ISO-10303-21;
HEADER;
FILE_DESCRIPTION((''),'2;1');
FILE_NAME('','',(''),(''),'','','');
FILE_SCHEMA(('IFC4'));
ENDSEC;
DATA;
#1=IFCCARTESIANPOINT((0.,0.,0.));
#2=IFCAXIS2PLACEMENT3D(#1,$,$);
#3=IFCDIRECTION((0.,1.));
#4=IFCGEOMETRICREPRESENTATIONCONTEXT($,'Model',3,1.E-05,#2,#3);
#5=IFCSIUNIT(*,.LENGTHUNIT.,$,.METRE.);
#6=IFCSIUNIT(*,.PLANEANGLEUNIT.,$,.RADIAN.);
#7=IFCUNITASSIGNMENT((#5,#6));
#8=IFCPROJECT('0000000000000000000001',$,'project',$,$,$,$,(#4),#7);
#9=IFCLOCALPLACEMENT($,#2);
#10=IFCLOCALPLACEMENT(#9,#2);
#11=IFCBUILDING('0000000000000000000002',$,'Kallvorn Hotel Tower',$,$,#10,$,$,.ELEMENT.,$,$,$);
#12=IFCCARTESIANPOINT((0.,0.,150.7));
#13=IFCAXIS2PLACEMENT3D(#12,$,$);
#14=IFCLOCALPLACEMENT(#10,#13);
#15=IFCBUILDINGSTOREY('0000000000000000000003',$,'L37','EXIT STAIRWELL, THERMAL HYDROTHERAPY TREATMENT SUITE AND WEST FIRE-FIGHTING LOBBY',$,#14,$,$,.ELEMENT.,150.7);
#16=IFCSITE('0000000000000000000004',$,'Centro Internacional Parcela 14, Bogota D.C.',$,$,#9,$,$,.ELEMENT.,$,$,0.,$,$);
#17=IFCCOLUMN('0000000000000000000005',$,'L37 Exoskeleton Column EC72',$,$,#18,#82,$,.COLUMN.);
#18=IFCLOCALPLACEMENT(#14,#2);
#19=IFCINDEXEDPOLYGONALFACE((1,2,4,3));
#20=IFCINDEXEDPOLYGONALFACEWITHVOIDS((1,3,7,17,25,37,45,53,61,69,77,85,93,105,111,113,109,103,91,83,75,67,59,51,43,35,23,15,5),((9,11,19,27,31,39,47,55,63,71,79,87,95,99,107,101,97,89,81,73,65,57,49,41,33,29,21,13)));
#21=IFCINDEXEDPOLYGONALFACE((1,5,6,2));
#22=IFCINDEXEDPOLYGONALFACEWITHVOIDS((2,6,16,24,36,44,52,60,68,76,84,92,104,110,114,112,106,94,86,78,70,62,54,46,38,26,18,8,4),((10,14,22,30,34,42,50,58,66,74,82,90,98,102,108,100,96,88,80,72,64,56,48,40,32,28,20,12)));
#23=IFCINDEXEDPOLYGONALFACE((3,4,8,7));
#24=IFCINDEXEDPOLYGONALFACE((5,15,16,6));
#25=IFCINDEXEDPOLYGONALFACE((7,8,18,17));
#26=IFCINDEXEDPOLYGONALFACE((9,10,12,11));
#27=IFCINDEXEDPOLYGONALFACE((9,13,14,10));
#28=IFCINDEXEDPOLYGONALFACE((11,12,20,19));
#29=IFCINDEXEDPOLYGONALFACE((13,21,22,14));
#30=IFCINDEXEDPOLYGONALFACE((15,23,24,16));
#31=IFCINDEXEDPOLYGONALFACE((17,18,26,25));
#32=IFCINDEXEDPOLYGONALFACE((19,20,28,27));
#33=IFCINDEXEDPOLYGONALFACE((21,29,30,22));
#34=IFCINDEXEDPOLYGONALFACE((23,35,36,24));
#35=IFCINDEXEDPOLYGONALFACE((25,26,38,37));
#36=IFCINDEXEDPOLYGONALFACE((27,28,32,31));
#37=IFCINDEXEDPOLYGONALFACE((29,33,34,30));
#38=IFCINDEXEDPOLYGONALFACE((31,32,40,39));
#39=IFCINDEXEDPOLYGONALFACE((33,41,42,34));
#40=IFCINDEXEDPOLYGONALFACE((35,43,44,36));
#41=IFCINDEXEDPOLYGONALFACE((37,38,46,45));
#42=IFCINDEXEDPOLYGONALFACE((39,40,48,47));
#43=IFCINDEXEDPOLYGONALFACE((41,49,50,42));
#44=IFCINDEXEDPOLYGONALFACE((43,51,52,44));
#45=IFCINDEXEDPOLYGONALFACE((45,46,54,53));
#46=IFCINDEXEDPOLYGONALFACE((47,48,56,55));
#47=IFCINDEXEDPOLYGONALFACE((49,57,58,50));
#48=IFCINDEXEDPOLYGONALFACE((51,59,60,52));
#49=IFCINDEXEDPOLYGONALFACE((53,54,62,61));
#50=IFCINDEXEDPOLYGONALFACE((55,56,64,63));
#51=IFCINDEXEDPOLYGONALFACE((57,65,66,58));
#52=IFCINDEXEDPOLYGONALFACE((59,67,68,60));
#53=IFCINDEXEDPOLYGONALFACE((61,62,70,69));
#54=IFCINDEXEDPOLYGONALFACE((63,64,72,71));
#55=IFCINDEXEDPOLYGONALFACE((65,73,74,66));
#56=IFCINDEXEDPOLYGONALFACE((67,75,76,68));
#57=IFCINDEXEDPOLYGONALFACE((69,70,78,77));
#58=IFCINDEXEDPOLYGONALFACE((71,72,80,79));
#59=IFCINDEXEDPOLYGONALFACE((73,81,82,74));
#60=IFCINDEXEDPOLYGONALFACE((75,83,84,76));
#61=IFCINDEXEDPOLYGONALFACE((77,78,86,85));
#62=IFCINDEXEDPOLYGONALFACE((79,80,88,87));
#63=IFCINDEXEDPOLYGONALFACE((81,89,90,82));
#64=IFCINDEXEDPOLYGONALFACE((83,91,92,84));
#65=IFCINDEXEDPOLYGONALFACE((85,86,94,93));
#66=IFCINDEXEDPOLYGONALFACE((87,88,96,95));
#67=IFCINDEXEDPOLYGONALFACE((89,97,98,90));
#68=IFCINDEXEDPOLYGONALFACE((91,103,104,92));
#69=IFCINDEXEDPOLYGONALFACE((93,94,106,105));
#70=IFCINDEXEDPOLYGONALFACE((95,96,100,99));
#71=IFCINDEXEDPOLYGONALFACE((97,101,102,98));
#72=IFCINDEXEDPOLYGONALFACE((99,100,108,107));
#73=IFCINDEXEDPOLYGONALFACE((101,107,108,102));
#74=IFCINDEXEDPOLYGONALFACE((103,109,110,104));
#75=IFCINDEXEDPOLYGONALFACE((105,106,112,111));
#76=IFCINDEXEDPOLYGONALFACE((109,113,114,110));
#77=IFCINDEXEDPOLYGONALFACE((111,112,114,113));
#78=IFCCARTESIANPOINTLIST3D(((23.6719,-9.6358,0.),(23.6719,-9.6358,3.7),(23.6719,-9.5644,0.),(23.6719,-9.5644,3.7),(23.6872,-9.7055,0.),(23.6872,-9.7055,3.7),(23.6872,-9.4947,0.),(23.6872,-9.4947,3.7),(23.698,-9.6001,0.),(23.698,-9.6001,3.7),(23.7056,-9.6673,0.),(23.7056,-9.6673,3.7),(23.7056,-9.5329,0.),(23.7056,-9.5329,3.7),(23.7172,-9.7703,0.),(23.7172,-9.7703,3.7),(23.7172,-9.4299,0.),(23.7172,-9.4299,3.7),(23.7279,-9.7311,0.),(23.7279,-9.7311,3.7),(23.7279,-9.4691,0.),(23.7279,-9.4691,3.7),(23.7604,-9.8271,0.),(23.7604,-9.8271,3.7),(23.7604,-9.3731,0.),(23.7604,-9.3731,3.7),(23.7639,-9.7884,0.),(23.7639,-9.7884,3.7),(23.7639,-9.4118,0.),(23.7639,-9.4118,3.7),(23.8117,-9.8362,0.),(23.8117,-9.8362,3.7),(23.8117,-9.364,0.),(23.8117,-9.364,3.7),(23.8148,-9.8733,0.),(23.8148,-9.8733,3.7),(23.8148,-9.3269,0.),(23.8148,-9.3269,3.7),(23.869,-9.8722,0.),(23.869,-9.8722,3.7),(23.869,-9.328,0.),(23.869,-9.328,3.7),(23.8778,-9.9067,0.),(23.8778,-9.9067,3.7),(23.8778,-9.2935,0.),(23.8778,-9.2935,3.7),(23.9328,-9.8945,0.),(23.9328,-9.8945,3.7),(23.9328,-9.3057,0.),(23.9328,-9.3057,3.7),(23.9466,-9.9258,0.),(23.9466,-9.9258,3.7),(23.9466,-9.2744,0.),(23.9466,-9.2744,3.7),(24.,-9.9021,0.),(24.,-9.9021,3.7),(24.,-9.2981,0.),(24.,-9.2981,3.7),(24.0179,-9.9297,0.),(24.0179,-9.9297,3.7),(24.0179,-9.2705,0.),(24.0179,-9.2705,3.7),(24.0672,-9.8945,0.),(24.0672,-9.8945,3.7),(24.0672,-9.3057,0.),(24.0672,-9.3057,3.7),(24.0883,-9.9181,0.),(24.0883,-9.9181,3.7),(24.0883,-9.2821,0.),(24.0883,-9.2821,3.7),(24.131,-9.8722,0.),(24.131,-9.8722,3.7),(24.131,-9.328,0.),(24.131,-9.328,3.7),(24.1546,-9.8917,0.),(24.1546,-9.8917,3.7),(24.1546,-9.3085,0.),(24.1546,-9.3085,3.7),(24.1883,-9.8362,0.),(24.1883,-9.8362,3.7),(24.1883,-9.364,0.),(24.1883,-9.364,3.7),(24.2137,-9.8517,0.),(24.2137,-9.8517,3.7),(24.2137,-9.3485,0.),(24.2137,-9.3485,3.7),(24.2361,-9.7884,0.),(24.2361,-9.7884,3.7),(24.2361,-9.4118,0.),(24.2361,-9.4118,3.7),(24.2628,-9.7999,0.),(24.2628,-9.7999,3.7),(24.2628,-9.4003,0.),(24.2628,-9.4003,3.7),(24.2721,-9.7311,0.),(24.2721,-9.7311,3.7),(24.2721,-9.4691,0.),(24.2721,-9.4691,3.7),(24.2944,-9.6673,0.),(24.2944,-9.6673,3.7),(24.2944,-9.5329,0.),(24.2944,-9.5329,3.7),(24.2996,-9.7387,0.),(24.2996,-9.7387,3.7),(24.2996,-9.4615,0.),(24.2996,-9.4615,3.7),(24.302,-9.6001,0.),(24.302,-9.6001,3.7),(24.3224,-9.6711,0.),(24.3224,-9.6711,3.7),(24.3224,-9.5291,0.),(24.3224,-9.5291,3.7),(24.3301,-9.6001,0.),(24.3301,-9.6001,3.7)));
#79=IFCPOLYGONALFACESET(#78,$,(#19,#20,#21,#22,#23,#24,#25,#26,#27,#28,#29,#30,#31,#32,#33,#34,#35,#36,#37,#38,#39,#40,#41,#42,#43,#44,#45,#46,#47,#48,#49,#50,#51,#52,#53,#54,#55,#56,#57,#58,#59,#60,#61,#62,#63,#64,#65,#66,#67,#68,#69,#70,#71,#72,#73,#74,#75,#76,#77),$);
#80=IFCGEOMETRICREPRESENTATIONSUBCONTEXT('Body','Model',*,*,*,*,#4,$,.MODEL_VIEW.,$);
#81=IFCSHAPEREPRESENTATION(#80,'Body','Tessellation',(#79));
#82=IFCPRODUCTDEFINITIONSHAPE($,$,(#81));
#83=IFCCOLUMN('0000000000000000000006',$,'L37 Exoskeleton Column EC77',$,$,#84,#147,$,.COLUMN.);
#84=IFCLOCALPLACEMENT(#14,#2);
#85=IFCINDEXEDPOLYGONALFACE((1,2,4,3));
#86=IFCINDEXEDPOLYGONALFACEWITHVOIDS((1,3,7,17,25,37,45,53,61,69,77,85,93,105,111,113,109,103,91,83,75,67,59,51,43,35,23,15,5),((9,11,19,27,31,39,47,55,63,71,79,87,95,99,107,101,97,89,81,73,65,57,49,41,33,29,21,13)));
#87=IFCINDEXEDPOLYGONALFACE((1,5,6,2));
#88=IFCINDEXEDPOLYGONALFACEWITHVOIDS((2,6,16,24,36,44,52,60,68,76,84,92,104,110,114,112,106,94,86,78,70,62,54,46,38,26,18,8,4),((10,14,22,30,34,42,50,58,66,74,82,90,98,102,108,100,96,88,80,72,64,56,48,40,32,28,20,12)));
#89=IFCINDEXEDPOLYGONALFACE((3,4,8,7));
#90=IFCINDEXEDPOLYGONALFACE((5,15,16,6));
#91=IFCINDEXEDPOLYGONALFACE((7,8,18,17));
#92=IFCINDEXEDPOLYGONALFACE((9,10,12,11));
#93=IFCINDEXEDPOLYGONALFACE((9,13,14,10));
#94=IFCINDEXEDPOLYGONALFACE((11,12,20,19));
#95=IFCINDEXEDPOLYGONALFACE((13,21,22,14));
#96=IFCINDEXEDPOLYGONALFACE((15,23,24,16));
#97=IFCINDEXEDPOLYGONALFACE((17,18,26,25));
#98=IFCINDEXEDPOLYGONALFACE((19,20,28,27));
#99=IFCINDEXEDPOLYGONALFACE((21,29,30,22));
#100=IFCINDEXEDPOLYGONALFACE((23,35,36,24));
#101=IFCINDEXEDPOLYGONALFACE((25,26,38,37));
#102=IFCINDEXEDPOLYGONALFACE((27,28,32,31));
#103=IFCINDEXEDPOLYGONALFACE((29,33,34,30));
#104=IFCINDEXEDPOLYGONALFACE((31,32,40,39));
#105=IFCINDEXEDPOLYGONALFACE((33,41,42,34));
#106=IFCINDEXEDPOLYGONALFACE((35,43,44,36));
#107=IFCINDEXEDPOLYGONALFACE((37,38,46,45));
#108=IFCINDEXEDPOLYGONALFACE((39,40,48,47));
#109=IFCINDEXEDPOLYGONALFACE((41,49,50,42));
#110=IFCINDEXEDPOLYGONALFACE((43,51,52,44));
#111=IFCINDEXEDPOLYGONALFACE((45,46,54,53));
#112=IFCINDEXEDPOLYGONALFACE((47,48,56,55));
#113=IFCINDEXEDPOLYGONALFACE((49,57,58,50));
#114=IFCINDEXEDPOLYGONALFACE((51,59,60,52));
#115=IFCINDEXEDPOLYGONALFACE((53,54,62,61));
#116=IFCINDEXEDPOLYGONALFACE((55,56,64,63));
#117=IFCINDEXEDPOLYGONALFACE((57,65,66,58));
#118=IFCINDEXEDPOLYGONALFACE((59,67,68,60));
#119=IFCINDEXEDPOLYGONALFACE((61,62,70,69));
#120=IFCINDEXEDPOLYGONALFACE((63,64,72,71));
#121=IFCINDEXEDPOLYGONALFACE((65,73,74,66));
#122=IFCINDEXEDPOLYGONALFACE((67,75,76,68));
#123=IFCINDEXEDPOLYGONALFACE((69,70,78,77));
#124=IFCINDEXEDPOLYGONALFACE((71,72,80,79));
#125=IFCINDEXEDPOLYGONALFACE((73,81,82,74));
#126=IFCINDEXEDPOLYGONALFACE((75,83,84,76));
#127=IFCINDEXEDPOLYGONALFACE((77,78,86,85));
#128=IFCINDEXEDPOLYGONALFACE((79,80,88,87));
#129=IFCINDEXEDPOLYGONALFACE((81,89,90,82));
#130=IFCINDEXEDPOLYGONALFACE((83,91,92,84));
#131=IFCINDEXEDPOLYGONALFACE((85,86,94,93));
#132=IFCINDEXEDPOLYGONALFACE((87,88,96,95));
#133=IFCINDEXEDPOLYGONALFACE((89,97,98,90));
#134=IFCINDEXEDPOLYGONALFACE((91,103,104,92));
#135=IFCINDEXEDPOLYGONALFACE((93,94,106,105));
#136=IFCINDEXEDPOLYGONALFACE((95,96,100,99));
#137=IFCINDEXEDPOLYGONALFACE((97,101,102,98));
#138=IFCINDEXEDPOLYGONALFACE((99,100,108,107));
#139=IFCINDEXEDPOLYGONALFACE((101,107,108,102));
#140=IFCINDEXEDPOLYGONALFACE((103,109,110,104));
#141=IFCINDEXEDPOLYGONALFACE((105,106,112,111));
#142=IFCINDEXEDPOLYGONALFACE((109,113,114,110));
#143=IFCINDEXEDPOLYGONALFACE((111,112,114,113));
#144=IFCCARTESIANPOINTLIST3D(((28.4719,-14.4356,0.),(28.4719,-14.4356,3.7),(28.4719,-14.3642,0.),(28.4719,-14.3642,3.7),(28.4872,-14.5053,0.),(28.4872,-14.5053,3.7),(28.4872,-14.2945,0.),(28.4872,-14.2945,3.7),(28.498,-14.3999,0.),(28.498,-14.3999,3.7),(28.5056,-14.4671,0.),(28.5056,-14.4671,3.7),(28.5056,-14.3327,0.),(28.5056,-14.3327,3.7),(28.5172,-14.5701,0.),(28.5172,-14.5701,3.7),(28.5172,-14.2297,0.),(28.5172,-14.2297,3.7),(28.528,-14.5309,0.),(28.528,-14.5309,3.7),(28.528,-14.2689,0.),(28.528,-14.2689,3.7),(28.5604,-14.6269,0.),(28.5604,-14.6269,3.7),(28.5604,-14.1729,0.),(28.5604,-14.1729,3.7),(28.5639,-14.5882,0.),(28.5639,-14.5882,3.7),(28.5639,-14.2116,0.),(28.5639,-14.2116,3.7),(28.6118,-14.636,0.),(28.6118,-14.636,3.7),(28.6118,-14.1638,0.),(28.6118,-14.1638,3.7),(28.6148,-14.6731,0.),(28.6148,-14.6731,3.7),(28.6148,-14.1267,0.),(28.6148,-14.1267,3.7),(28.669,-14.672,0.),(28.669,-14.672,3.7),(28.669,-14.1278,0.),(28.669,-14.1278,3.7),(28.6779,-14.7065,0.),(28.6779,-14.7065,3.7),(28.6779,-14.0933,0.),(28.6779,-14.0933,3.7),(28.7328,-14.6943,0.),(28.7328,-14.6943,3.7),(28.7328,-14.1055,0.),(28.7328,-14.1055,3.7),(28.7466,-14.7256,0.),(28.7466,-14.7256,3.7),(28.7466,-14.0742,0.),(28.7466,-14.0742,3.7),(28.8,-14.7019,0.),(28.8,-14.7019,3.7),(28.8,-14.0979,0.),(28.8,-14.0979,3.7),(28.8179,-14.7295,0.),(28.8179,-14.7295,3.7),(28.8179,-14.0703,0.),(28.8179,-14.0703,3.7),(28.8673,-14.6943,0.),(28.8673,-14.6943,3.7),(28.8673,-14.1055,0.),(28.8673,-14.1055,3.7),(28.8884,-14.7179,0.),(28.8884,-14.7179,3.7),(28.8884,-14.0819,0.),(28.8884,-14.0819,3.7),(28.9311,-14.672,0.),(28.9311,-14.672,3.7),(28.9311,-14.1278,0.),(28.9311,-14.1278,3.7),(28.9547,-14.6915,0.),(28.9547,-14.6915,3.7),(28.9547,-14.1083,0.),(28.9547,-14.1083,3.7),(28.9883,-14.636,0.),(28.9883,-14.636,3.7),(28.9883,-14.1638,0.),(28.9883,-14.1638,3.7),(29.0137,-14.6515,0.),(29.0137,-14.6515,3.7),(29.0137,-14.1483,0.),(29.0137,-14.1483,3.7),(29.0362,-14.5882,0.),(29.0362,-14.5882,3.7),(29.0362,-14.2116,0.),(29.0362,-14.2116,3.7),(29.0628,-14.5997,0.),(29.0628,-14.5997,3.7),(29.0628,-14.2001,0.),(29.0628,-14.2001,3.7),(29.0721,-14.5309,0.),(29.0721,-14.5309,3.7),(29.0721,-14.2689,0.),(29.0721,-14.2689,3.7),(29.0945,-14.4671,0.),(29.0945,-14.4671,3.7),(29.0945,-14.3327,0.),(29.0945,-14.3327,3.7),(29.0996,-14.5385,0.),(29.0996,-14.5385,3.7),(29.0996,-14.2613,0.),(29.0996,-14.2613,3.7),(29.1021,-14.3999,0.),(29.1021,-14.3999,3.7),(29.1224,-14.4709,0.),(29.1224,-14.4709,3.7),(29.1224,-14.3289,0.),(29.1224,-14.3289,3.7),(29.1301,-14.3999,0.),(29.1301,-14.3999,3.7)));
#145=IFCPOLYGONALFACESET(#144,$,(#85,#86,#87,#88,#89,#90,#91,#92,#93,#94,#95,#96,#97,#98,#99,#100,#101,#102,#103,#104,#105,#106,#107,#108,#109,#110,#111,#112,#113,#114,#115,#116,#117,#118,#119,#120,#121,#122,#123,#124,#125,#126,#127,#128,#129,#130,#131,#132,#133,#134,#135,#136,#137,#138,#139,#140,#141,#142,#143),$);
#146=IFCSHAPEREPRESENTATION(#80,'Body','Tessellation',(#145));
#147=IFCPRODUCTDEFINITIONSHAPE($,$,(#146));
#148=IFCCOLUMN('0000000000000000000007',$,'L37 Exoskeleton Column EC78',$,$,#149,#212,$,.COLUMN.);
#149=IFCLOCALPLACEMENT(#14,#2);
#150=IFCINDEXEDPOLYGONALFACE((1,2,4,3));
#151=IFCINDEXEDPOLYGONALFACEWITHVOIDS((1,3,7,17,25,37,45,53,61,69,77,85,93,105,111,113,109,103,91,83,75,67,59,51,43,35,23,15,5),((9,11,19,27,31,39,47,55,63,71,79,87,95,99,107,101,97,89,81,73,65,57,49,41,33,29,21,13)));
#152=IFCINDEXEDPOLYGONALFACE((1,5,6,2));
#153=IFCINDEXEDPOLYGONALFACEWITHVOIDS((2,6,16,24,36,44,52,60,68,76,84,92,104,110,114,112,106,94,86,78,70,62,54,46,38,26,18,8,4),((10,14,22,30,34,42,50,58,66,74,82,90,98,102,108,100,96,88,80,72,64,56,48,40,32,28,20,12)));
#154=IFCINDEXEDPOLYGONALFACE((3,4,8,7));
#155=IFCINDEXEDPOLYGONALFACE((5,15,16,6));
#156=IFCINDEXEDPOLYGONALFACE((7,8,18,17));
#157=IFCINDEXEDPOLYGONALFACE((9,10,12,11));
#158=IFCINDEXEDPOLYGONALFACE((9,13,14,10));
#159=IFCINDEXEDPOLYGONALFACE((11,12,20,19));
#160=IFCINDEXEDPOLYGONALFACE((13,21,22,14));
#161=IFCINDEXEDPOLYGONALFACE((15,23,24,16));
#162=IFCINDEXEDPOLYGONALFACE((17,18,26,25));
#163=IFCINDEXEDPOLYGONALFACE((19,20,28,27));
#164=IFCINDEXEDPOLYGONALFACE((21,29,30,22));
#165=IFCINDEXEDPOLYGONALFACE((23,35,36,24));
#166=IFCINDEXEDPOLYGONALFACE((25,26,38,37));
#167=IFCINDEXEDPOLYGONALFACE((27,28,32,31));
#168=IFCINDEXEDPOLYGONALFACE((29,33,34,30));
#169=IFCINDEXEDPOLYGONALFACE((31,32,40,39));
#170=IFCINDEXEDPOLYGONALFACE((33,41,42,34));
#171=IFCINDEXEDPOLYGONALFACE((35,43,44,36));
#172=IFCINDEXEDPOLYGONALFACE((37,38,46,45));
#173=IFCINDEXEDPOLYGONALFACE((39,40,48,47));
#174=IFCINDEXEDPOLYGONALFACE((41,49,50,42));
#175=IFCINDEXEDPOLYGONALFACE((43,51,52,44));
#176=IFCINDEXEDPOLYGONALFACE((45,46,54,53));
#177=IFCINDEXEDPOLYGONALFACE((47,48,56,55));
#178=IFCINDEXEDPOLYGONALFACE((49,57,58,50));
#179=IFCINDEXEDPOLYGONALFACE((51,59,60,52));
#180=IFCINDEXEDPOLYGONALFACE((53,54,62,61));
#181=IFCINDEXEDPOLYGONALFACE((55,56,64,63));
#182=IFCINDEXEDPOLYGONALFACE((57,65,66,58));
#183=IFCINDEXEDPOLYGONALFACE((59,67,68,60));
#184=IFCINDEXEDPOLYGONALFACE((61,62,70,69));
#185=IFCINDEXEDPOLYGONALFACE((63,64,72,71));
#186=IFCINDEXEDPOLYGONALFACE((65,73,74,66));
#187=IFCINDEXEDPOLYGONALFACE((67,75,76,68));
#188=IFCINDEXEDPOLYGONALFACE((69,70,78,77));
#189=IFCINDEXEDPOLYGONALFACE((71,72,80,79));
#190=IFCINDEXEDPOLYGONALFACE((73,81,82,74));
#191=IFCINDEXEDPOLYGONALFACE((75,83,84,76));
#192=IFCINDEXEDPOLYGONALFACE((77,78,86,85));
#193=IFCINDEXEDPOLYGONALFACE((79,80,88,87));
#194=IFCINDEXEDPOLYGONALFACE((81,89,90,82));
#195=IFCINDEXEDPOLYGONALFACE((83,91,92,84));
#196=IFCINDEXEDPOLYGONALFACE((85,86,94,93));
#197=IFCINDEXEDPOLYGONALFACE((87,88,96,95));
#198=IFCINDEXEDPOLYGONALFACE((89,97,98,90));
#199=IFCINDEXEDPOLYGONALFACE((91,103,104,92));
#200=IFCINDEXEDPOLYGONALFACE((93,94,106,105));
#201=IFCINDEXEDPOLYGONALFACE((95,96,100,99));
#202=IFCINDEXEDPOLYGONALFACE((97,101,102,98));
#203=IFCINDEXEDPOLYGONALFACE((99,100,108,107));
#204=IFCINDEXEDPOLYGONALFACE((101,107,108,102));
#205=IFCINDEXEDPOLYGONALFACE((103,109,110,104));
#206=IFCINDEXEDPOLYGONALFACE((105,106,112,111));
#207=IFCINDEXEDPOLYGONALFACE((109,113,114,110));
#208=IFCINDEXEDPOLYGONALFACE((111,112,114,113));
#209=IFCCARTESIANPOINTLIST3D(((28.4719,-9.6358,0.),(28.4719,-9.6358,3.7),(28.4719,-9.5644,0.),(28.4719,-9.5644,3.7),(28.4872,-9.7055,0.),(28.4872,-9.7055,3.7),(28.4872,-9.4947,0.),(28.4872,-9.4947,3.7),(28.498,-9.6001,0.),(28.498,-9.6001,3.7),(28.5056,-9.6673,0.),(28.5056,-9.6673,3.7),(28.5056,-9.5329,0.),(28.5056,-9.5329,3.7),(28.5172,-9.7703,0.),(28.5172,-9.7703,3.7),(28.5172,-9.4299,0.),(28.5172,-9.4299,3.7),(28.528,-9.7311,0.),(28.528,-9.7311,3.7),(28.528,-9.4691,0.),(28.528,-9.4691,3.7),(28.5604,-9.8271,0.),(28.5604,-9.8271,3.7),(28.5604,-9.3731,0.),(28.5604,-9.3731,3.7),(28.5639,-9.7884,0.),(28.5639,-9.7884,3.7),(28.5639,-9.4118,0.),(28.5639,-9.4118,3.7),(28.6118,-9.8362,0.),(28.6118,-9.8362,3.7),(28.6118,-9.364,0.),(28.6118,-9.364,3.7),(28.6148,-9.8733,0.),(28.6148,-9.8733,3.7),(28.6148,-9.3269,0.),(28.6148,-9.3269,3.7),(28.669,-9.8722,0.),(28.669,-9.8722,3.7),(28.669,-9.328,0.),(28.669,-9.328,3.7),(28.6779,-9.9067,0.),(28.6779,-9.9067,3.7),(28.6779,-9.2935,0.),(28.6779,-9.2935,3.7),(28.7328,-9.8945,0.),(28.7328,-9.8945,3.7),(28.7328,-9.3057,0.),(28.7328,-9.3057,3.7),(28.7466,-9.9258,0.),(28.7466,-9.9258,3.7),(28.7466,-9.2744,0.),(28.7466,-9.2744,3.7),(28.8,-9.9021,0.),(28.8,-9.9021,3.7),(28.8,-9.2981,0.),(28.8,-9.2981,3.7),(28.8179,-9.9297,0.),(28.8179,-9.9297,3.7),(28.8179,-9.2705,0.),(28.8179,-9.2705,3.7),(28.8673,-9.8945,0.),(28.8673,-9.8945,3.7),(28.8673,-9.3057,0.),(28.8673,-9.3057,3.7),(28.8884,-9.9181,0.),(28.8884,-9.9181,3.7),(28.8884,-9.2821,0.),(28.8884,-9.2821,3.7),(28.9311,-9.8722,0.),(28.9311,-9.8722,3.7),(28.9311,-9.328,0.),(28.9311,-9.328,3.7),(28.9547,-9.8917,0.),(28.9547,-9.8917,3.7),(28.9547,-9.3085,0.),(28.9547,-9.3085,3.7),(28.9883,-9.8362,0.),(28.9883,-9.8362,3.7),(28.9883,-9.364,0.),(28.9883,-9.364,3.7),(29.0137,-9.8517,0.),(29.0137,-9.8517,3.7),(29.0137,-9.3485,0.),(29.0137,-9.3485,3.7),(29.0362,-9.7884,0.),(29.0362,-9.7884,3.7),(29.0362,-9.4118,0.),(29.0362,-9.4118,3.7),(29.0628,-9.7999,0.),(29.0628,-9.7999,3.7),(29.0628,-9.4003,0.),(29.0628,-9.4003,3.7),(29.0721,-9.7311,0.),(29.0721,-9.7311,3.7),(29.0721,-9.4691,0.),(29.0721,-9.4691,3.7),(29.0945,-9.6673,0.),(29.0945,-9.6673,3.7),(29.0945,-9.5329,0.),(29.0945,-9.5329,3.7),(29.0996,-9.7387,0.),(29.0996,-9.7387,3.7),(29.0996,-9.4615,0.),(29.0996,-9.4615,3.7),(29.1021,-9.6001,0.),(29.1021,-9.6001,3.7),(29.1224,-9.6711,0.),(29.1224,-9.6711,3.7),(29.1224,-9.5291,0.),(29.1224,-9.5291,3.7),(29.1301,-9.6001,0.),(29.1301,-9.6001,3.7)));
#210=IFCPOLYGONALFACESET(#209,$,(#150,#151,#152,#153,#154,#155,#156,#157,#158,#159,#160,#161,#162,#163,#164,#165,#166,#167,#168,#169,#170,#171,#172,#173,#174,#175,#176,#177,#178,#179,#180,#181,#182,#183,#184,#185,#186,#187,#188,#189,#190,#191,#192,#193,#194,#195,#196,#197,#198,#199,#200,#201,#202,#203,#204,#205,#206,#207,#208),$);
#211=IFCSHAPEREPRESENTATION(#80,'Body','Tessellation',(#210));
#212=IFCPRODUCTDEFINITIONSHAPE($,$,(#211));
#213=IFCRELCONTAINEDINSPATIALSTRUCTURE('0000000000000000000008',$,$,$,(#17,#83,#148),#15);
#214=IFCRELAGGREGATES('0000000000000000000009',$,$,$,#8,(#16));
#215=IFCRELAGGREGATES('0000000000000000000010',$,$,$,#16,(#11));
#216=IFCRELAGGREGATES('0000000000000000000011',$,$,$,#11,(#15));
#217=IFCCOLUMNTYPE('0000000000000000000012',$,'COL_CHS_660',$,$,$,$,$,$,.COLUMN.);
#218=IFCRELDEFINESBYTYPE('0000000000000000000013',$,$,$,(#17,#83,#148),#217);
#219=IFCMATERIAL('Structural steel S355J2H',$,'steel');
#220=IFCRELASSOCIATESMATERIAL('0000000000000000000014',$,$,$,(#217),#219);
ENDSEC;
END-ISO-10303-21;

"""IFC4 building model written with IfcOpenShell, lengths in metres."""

from ifc_helpers import new_model, si_unit, direction, frame, origin, origin_2d, place, context, subcontext, project, spatial, hollow_circle, extrude, material, material_profile, profile_set, type_object, element, save


model = new_model("IFC4")

# Units and contexts
model_context = context("Model", 3, precision=1e-05, world=origin(), true_north=direction((0.0, 1.0)))
body_context = subcontext(model_context, "Body", "Model", "MODEL_VIEW")
ifc_project = project(units=[si_unit("LENGTHUNIT", "METRE"), si_unit("PLANEANGLEUNIT", "RADIAN")], contexts=[model_context])

# Site, building, storey
site_placement = place(None, origin())
site = spatial("IfcSite", under=ifc_project, at=site_placement, Name="Centro Internacional Parcela 14, Bogota D.C.", CompositionType="ELEMENT", RefElevation=0.0)
building_placement = place(site_placement, origin())
building = spatial("IfcBuilding", under=site, at=building_placement, Name="Kallvorn Hotel Tower", CompositionType="ELEMENT")
storey_placement = place(building_placement, frame((0.0, 0.0, 150.7)))
storey = spatial("IfcBuildingStorey", under=building, at=storey_placement, Name="L37", Description="EXIT STAIRWELL, THERMAL HYDROTHERAPY TREATMENT SUITE AND WEST FIRE-FIGHTING LOBBY", CompositionType="ELEMENT", Elevation=150.7)

# Columns
ifc_material_1 = material(Name="Structural steel S355J2H", Category="steel")
ifc_material_profile_1 = material_profile(ifc_material_1, hollow_circle(Radius=0.3301, WallThickness=0.0281, at=origin_2d()), Name="CHS 660x28")
ifc_profile_set_1 = profile_set([ifc_material_profile_1], Name="Structural steel S355J2H")
column_type_1 = type_object("IfcColumnType", Name="COL_CHS_660", PredefinedType="COLUMN", material=ifc_profile_set_1)
for number, where, z_axis, x_axis, name in (
    (1, (24.0, -9.6001, 0.0), (0.0, 0.0, 1.0), (1.0, 0.0, 0.0), "L37 Exoskeleton Column EC72"),
    (2, (28.8, -14.3999, 0.0), (0.0, 0.0, 1.0), (1.0, 0.0, 0.0), "L37 Exoskeleton Column EC77"),
    (3, (28.8, -9.6001, 0.0), (0.0, 0.0, 1.0), (1.0, 0.0, 0.0), "L37 Exoskeleton Column EC78"),
):
    element("IfcColumn", number, at=place(storey_placement, frame(where, z_axis=z_axis, x_axis=x_axis)), inside=storey, type_object=column_type_1, Name=name, PredefinedType="COLUMN", context=body_context, shape_type="SweptSolid", body=[
        extrude(hollow_circle(Radius=0.3301, WallThickness=0.0281, at=origin_2d()), origin(), (0.0, 0.0, 1.0), 3.7),
    ])

save(model, "model.ifc")
